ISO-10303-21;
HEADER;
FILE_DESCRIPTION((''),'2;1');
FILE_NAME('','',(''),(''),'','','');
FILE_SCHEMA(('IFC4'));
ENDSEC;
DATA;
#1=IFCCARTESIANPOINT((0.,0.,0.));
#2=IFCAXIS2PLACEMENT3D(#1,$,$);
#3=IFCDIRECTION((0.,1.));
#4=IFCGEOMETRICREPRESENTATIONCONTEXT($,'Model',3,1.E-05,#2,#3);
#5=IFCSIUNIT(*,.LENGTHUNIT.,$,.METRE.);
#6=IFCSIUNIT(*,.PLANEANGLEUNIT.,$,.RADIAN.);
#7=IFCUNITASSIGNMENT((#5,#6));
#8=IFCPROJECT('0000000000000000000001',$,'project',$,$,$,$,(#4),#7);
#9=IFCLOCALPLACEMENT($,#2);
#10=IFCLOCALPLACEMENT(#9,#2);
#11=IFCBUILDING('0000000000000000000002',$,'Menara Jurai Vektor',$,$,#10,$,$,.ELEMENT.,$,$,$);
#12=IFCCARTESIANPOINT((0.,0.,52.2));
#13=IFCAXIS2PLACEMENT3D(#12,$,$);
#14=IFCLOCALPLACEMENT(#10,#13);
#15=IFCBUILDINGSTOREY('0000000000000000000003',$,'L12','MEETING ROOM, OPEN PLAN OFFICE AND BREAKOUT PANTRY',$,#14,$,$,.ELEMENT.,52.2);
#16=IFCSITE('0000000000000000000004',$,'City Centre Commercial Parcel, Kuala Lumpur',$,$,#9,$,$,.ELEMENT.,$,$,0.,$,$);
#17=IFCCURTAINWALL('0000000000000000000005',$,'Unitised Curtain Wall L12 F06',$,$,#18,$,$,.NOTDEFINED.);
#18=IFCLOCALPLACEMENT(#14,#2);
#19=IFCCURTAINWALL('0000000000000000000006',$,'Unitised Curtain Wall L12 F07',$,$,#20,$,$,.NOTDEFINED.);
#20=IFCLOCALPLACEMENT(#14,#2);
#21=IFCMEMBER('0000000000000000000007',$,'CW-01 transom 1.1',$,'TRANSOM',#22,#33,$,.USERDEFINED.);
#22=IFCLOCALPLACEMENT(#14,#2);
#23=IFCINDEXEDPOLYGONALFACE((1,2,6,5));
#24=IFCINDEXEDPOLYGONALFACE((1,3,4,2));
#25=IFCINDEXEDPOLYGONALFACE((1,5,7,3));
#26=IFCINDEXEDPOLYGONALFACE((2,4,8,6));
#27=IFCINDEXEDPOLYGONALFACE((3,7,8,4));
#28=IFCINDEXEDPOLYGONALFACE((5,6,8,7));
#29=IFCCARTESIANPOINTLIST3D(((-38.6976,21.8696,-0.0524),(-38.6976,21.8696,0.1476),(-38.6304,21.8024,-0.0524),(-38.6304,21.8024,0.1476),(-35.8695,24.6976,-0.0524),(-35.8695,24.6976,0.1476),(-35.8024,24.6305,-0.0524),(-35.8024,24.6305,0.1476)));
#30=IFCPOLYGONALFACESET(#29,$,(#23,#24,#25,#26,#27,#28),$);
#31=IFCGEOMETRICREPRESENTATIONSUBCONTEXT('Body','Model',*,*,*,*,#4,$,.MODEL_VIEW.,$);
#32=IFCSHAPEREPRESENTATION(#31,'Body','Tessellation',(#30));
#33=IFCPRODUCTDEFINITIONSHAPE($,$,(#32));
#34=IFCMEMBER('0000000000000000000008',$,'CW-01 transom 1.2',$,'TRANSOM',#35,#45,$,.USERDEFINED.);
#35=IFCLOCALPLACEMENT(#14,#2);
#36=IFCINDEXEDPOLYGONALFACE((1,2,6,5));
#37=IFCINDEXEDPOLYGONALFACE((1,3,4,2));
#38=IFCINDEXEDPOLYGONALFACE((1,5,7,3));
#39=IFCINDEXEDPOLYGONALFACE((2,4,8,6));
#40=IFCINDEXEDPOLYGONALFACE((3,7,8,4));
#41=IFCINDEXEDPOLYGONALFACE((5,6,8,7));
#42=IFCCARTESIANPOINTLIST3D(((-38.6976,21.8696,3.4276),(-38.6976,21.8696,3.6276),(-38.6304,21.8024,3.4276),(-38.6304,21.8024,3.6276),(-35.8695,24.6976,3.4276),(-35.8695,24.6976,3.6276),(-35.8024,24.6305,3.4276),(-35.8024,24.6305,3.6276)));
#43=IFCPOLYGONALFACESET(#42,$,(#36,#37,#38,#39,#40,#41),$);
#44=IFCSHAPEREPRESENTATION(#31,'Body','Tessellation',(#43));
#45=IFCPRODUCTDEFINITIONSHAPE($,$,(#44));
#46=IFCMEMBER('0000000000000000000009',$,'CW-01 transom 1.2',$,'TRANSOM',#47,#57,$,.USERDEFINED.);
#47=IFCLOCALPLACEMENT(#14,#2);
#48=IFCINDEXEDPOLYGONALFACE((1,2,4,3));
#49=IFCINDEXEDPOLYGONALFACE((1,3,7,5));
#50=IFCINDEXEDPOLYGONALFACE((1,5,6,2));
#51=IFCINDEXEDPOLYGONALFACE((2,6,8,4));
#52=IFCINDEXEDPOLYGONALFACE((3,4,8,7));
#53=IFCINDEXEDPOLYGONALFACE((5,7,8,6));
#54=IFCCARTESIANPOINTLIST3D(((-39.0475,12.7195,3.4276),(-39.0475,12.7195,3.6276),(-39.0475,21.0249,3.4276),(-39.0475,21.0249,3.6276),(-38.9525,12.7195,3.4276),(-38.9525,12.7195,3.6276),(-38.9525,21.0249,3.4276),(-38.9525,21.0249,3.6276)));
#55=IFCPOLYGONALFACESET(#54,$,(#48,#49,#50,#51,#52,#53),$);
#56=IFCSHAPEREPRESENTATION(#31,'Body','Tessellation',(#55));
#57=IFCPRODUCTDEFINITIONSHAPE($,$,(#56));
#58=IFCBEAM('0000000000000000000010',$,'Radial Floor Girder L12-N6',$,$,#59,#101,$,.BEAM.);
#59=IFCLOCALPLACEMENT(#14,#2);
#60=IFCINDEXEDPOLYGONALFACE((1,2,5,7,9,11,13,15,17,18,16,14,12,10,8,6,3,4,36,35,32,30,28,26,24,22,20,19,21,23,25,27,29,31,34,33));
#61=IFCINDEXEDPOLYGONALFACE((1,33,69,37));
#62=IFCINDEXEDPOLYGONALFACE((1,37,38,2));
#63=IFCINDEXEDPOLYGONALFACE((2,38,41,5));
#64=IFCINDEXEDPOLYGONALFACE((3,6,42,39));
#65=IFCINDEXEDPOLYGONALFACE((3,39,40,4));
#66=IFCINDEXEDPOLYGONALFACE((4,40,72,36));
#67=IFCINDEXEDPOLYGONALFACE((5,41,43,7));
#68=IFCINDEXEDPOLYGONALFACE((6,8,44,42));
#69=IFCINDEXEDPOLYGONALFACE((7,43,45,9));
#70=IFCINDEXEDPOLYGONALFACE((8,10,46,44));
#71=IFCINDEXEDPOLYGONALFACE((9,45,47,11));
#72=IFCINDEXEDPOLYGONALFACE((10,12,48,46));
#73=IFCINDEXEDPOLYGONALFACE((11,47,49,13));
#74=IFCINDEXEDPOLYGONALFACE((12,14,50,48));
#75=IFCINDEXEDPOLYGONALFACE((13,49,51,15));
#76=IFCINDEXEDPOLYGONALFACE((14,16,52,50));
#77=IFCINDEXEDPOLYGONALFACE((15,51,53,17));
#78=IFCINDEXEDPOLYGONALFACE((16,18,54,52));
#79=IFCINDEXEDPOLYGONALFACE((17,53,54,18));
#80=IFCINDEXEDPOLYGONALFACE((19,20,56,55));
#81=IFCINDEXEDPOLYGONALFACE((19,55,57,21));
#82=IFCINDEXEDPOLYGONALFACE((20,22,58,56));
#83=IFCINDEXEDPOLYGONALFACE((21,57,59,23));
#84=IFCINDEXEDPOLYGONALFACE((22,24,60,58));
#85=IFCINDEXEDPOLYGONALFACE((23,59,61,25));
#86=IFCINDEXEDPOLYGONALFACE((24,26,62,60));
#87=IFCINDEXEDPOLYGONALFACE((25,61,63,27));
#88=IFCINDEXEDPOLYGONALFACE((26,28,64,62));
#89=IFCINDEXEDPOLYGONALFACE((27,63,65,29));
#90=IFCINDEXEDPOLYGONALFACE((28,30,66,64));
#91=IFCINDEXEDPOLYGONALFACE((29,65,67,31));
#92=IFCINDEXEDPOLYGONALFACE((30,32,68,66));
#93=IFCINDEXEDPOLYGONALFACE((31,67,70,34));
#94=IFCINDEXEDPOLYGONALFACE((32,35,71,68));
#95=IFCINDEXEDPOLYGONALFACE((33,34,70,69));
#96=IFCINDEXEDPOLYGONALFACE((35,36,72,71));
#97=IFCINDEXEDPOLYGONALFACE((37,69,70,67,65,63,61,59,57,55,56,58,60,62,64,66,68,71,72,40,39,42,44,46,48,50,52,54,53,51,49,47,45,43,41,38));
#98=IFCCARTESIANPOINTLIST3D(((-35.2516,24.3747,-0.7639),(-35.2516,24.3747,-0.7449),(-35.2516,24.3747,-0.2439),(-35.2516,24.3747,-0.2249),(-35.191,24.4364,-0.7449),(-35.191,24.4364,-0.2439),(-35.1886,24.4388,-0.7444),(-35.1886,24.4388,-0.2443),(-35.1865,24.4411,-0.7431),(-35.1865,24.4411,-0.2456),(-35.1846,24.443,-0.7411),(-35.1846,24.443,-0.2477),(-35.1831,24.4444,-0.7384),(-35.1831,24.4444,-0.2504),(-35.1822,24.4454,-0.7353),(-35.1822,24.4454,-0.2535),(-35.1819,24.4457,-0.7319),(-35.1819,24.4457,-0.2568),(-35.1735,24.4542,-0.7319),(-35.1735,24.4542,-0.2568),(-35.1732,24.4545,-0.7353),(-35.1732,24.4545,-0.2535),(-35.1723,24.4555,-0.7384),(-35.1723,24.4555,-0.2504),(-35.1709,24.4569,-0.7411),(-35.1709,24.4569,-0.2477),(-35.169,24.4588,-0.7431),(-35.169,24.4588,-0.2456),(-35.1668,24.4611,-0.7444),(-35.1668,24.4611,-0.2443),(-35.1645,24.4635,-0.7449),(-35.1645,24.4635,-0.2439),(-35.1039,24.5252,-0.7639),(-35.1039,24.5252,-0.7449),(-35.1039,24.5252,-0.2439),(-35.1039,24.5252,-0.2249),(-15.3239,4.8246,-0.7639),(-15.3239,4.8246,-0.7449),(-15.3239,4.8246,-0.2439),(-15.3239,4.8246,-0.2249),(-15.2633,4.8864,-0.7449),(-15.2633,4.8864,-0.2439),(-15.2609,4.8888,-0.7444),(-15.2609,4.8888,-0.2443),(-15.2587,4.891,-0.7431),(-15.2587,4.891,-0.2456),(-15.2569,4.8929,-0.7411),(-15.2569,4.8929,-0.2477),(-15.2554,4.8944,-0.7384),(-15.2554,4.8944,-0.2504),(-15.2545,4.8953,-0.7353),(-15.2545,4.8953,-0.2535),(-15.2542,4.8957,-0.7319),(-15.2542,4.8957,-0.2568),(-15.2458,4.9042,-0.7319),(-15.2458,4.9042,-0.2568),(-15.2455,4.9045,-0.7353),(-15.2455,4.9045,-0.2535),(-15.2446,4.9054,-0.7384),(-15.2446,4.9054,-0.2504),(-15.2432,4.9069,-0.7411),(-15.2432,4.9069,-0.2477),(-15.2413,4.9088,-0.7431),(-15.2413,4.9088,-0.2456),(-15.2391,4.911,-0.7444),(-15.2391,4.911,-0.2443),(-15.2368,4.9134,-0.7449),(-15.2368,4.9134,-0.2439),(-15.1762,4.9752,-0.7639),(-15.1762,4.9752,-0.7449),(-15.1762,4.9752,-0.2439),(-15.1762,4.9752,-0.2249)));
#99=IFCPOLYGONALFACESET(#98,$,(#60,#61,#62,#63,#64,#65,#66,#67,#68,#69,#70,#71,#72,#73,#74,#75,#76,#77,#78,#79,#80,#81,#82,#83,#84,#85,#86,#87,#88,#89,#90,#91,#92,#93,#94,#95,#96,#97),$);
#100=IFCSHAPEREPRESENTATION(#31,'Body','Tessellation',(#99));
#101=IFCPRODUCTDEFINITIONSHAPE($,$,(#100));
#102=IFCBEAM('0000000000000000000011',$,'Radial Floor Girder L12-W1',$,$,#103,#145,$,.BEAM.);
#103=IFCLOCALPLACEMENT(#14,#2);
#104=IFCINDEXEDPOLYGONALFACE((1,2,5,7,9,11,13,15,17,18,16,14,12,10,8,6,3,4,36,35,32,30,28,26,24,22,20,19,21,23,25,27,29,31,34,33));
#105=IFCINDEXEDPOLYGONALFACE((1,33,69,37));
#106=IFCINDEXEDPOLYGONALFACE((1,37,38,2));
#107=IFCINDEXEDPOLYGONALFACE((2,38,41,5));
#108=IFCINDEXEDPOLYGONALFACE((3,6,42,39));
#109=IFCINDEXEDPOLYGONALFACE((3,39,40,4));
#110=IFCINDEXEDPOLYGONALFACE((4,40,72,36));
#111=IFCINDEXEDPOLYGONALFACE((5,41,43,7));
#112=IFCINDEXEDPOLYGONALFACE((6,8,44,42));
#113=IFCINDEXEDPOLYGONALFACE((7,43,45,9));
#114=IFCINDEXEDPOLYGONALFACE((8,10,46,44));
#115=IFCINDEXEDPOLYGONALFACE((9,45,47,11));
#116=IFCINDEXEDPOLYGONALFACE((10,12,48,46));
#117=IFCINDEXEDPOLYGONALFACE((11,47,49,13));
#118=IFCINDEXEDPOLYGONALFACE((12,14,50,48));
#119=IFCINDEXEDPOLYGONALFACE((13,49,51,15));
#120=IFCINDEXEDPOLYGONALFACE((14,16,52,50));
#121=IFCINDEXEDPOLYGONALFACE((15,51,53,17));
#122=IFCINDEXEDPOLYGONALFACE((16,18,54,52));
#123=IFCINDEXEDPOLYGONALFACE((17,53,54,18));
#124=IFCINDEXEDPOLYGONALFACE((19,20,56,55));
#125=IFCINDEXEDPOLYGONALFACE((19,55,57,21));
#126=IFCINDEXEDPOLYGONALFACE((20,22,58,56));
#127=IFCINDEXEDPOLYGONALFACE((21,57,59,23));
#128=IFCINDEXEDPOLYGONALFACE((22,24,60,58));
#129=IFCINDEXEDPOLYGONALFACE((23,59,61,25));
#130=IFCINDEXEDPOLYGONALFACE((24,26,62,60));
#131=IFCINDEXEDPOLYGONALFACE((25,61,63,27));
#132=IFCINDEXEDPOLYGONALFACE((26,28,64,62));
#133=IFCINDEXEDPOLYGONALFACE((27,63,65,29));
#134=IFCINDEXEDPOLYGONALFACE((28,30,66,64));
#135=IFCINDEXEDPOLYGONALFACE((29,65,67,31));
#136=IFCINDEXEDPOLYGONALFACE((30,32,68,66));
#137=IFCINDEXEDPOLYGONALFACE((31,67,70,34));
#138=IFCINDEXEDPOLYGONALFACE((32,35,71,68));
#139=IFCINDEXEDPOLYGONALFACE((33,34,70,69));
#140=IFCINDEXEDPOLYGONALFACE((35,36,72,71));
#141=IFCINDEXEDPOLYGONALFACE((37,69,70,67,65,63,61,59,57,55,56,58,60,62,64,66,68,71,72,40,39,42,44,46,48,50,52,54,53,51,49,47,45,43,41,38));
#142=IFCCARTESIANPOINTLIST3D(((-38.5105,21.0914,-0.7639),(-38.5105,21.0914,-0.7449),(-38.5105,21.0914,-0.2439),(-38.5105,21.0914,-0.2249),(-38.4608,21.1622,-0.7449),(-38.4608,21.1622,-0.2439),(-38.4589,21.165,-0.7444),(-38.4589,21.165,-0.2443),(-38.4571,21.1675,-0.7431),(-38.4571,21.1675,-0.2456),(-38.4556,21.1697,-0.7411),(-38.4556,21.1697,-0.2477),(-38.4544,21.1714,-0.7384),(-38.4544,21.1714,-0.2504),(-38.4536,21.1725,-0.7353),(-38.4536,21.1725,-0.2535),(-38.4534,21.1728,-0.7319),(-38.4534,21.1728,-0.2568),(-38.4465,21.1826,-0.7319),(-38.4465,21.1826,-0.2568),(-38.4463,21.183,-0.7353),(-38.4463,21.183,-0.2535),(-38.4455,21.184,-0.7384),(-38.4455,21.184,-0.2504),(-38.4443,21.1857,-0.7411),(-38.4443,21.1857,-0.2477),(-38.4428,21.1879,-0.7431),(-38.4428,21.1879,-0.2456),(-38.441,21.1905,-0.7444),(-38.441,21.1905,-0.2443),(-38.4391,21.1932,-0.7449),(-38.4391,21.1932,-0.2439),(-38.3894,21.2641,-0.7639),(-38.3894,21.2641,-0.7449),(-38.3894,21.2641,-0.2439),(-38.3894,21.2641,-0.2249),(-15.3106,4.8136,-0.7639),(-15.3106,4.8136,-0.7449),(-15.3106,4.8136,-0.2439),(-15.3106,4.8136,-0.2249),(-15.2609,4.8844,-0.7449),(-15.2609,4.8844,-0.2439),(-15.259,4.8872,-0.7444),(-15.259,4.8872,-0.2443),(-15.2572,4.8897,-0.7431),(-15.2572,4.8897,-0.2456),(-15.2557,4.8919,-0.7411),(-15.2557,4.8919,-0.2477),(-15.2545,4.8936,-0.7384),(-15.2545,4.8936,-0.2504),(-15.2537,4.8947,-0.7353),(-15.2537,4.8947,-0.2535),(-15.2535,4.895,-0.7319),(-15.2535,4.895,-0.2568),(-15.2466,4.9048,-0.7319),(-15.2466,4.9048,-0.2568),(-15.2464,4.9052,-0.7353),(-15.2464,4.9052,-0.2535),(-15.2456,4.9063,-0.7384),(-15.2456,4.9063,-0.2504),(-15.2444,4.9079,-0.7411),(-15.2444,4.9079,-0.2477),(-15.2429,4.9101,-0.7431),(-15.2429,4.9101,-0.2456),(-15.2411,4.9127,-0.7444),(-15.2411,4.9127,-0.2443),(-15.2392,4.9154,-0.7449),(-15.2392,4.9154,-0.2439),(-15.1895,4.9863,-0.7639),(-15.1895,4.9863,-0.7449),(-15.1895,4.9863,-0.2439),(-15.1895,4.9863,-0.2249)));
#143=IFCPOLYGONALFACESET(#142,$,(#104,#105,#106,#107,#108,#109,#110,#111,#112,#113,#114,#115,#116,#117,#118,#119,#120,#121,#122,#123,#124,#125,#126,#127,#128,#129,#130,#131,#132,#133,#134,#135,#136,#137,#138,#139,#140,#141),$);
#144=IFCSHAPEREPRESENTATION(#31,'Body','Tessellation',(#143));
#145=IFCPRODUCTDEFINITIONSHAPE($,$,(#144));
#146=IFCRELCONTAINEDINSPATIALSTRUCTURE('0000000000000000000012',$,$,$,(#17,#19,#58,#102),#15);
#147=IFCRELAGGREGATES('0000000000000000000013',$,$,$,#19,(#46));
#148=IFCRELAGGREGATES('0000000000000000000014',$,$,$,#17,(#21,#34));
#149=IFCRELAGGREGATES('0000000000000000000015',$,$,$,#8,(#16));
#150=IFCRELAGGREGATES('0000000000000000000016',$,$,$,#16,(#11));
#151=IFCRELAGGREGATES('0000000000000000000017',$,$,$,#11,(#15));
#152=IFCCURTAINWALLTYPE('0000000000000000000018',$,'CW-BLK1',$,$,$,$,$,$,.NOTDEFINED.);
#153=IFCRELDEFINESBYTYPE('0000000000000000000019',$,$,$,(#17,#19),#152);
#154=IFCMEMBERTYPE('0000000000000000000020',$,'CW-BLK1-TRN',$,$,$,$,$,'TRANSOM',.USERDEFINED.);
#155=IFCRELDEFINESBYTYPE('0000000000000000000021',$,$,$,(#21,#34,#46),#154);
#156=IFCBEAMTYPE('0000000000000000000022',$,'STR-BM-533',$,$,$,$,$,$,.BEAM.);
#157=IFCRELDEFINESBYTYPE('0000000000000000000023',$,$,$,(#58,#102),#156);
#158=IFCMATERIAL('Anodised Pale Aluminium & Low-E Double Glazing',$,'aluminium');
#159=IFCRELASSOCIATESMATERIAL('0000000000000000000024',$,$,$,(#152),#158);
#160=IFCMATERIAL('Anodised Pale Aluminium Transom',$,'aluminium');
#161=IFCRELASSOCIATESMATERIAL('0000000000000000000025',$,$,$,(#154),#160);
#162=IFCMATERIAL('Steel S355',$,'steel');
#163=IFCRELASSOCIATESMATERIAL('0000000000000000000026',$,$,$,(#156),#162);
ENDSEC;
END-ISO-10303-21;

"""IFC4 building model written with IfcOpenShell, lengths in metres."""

from ifc_helpers import new_model, si_unit, direction, frame, origin, origin_2d, place, context, subcontext, project, spatial, rectangle, i_section, extrude, material, material_profile, profile_set, type_object, element, aggregate, save


model = new_model("IFC4")

# Units and contexts
model_context = context("Model", 3, precision=1e-05, world=origin(), true_north=direction((0.0, 1.0)))
body_context = subcontext(model_context, "Body", "Model", "MODEL_VIEW")
ifc_project = project(units=[si_unit("LENGTHUNIT", "METRE"), si_unit("PLANEANGLEUNIT", "RADIAN")], contexts=[model_context])

# Site, building, storey
site_placement = place(None, origin())
site = spatial("IfcSite", under=ifc_project, at=site_placement, Name="City Centre Commercial Parcel, Kuala Lumpur", CompositionType="ELEMENT", RefElevation=0.0)
building_placement = place(site_placement, origin())
building = spatial("IfcBuilding", under=site, at=building_placement, Name="Menara Jurai Vektor", CompositionType="ELEMENT")
storey_placement = place(building_placement, frame((0.0, 0.0, 52.2)))
storey = spatial("IfcBuildingStorey", under=building, at=storey_placement, Name="L12", Description="MEETING ROOM, OPEN PLAN OFFICE AND BREAKOUT PANTRY", CompositionType="ELEMENT", Elevation=52.2)

# Curtain wall
ifc_material_1 = material(Name="Anodised Pale Aluminium & Low-E Double Glazing", Category="aluminium")
curtain_wall_type = type_object("IfcCurtainWallType", Name="CW-BLK1", PredefinedType="NOTDEFINED", material=ifc_material_1)
curtain_wall_1_placement = place(storey_placement, origin())
curtain_wall_1 = element("IfcCurtainWall", 1, at=curtain_wall_1_placement, inside=storey, type_object=curtain_wall_type, Name="Unitised Curtain Wall L12 F06", PredefinedType="NOTDEFINED")

# Curtain wall
curtain_wall_2_placement = place(storey_placement, origin())
curtain_wall_2 = element("IfcCurtainWall", 2, at=curtain_wall_2_placement, inside=storey, type_object=curtain_wall_type, Name="Unitised Curtain Wall L12 F07", PredefinedType="NOTDEFINED")

# Members
ifc_material_2 = material(Name="Anodised Pale Aluminium Transom", Category="aluminium")
ifc_material_profile_1 = material_profile(ifc_material_2, rectangle(XDim=0.095, YDim=0.2, at=origin_2d()), Name="ALU TRN 95x200")
ifc_profile_set_1 = profile_set([ifc_material_profile_1], Name="Anodised Pale Aluminium Transom")
member_type_1 = type_object("IfcMemberType", Name="CW-BLK1-TRN", ElementType="TRANSOM", PredefinedType="USERDEFINED", material=ifc_profile_set_1)
member_1_placement = place(storey_placement, frame((-35.8359, 24.6641, 0.0476), z_axis=(-0.707107, -0.707107, 0.0), x_axis=(0.707107, -0.707107, 0.0)))
member_1 = element("IfcMember", 3, at=member_1_placement, type_object=member_type_1, Name="CW-01 transom 1.1", ObjectType="TRANSOM", PredefinedType="USERDEFINED", context=body_context, shape_type="SweptSolid", body=[
    extrude(rectangle(XDim=0.095, YDim=0.2, at=origin_2d()), origin(), (0.0, 0.0, 1.0), 3.9995),
])
member_2_placement = place(storey_placement, frame((-35.8359, 24.6641, 3.5276), z_axis=(-0.707107, -0.707107, 0.0), x_axis=(0.707107, -0.707107, 0.0)))
member_2 = element("IfcMember", 4, at=member_2_placement, type_object=member_type_1, Name="CW-01 transom 1.2", ObjectType="TRANSOM", PredefinedType="USERDEFINED", context=body_context, shape_type="SweptSolid", body=[
    extrude(rectangle(XDim=0.095, YDim=0.2, at=origin_2d()), origin(), (0.0, 0.0, 1.0), 3.9995),
])
member_3_placement = place(storey_placement, frame((-39.0, 21.0249, 3.5276), z_axis=(0.0, -1.0, 0.0), x_axis=(1.0, 0.0, 0.0)))
member_3 = element("IfcMember", 5, at=member_3_placement, type_object=member_type_1, Name="CW-01 transom 1.2", ObjectType="TRANSOM", PredefinedType="USERDEFINED", context=body_context, shape_type="SweptSolid", body=[
    extrude(rectangle(XDim=0.095, YDim=0.2, at=origin_2d()), origin(), (0.0, 0.0, 1.0), 8.3054),
])
aggregate(curtain_wall_2, [member_3])

# Beams
ifc_material_3 = material(Name="Steel S355", Category="steel")
ifc_material_profile_2 = material_profile(ifc_material_3, i_section(OverallWidth=0.2109, OverallDepth=0.5391, WebThickness=0.012, FlangeThickness=0.019, FilletRadius=0.0129, at=origin_2d()), Name="UKB 533x210x109")
ifc_profile_set_2 = profile_set([ifc_material_profile_2], Name="Steel S355")
beam_type_1 = type_object("IfcBeamType", Name="STR-BM-533", PredefinedType="BEAM", material=ifc_profile_set_2)
beam_1_placement = place(storey_placement, frame((-35.1777, 24.45, -0.4944), z_axis=(0.713839, -0.70031, 0.0), x_axis=(0.70031, 0.713839, 0.0)))
element("IfcBeam", 6, at=beam_1_placement, inside=storey, type_object=beam_type_1, Name="Radial Floor Girder L12-N6", PredefinedType="BEAM", context=body_context, shape_type="SweptSolid", body=[
    extrude(i_section(OverallWidth=0.2109, OverallDepth=0.5391, WebThickness=0.012, FlangeThickness=0.019, FilletRadius=0.0129, at=origin_2d()), origin(), (0.0, 0.0, 1.0), 27.9163),
])
beam_2_placement = place(storey_placement, frame((-38.45, 21.1777, -0.4944), z_axis=(0.818604, -0.574359, 0.0), x_axis=(0.574359, 0.818604, 0.0)))
element("IfcBeam", 7, at=beam_2_placement, inside=storey, type_object=beam_type_1, Name="Radial Floor Girder L12-W1", PredefinedType="BEAM", context=body_context, shape_type="SweptSolid", body=[
    extrude(i_section(OverallWidth=0.2109, OverallDepth=0.5391, WebThickness=0.012, FlangeThickness=0.019, FilletRadius=0.0129, at=origin_2d()), origin(), (0.0, 0.0, 1.0), 28.3408),
])

aggregate(curtain_wall_1, [member_1, member_2])

save(model, "model.ifc")
